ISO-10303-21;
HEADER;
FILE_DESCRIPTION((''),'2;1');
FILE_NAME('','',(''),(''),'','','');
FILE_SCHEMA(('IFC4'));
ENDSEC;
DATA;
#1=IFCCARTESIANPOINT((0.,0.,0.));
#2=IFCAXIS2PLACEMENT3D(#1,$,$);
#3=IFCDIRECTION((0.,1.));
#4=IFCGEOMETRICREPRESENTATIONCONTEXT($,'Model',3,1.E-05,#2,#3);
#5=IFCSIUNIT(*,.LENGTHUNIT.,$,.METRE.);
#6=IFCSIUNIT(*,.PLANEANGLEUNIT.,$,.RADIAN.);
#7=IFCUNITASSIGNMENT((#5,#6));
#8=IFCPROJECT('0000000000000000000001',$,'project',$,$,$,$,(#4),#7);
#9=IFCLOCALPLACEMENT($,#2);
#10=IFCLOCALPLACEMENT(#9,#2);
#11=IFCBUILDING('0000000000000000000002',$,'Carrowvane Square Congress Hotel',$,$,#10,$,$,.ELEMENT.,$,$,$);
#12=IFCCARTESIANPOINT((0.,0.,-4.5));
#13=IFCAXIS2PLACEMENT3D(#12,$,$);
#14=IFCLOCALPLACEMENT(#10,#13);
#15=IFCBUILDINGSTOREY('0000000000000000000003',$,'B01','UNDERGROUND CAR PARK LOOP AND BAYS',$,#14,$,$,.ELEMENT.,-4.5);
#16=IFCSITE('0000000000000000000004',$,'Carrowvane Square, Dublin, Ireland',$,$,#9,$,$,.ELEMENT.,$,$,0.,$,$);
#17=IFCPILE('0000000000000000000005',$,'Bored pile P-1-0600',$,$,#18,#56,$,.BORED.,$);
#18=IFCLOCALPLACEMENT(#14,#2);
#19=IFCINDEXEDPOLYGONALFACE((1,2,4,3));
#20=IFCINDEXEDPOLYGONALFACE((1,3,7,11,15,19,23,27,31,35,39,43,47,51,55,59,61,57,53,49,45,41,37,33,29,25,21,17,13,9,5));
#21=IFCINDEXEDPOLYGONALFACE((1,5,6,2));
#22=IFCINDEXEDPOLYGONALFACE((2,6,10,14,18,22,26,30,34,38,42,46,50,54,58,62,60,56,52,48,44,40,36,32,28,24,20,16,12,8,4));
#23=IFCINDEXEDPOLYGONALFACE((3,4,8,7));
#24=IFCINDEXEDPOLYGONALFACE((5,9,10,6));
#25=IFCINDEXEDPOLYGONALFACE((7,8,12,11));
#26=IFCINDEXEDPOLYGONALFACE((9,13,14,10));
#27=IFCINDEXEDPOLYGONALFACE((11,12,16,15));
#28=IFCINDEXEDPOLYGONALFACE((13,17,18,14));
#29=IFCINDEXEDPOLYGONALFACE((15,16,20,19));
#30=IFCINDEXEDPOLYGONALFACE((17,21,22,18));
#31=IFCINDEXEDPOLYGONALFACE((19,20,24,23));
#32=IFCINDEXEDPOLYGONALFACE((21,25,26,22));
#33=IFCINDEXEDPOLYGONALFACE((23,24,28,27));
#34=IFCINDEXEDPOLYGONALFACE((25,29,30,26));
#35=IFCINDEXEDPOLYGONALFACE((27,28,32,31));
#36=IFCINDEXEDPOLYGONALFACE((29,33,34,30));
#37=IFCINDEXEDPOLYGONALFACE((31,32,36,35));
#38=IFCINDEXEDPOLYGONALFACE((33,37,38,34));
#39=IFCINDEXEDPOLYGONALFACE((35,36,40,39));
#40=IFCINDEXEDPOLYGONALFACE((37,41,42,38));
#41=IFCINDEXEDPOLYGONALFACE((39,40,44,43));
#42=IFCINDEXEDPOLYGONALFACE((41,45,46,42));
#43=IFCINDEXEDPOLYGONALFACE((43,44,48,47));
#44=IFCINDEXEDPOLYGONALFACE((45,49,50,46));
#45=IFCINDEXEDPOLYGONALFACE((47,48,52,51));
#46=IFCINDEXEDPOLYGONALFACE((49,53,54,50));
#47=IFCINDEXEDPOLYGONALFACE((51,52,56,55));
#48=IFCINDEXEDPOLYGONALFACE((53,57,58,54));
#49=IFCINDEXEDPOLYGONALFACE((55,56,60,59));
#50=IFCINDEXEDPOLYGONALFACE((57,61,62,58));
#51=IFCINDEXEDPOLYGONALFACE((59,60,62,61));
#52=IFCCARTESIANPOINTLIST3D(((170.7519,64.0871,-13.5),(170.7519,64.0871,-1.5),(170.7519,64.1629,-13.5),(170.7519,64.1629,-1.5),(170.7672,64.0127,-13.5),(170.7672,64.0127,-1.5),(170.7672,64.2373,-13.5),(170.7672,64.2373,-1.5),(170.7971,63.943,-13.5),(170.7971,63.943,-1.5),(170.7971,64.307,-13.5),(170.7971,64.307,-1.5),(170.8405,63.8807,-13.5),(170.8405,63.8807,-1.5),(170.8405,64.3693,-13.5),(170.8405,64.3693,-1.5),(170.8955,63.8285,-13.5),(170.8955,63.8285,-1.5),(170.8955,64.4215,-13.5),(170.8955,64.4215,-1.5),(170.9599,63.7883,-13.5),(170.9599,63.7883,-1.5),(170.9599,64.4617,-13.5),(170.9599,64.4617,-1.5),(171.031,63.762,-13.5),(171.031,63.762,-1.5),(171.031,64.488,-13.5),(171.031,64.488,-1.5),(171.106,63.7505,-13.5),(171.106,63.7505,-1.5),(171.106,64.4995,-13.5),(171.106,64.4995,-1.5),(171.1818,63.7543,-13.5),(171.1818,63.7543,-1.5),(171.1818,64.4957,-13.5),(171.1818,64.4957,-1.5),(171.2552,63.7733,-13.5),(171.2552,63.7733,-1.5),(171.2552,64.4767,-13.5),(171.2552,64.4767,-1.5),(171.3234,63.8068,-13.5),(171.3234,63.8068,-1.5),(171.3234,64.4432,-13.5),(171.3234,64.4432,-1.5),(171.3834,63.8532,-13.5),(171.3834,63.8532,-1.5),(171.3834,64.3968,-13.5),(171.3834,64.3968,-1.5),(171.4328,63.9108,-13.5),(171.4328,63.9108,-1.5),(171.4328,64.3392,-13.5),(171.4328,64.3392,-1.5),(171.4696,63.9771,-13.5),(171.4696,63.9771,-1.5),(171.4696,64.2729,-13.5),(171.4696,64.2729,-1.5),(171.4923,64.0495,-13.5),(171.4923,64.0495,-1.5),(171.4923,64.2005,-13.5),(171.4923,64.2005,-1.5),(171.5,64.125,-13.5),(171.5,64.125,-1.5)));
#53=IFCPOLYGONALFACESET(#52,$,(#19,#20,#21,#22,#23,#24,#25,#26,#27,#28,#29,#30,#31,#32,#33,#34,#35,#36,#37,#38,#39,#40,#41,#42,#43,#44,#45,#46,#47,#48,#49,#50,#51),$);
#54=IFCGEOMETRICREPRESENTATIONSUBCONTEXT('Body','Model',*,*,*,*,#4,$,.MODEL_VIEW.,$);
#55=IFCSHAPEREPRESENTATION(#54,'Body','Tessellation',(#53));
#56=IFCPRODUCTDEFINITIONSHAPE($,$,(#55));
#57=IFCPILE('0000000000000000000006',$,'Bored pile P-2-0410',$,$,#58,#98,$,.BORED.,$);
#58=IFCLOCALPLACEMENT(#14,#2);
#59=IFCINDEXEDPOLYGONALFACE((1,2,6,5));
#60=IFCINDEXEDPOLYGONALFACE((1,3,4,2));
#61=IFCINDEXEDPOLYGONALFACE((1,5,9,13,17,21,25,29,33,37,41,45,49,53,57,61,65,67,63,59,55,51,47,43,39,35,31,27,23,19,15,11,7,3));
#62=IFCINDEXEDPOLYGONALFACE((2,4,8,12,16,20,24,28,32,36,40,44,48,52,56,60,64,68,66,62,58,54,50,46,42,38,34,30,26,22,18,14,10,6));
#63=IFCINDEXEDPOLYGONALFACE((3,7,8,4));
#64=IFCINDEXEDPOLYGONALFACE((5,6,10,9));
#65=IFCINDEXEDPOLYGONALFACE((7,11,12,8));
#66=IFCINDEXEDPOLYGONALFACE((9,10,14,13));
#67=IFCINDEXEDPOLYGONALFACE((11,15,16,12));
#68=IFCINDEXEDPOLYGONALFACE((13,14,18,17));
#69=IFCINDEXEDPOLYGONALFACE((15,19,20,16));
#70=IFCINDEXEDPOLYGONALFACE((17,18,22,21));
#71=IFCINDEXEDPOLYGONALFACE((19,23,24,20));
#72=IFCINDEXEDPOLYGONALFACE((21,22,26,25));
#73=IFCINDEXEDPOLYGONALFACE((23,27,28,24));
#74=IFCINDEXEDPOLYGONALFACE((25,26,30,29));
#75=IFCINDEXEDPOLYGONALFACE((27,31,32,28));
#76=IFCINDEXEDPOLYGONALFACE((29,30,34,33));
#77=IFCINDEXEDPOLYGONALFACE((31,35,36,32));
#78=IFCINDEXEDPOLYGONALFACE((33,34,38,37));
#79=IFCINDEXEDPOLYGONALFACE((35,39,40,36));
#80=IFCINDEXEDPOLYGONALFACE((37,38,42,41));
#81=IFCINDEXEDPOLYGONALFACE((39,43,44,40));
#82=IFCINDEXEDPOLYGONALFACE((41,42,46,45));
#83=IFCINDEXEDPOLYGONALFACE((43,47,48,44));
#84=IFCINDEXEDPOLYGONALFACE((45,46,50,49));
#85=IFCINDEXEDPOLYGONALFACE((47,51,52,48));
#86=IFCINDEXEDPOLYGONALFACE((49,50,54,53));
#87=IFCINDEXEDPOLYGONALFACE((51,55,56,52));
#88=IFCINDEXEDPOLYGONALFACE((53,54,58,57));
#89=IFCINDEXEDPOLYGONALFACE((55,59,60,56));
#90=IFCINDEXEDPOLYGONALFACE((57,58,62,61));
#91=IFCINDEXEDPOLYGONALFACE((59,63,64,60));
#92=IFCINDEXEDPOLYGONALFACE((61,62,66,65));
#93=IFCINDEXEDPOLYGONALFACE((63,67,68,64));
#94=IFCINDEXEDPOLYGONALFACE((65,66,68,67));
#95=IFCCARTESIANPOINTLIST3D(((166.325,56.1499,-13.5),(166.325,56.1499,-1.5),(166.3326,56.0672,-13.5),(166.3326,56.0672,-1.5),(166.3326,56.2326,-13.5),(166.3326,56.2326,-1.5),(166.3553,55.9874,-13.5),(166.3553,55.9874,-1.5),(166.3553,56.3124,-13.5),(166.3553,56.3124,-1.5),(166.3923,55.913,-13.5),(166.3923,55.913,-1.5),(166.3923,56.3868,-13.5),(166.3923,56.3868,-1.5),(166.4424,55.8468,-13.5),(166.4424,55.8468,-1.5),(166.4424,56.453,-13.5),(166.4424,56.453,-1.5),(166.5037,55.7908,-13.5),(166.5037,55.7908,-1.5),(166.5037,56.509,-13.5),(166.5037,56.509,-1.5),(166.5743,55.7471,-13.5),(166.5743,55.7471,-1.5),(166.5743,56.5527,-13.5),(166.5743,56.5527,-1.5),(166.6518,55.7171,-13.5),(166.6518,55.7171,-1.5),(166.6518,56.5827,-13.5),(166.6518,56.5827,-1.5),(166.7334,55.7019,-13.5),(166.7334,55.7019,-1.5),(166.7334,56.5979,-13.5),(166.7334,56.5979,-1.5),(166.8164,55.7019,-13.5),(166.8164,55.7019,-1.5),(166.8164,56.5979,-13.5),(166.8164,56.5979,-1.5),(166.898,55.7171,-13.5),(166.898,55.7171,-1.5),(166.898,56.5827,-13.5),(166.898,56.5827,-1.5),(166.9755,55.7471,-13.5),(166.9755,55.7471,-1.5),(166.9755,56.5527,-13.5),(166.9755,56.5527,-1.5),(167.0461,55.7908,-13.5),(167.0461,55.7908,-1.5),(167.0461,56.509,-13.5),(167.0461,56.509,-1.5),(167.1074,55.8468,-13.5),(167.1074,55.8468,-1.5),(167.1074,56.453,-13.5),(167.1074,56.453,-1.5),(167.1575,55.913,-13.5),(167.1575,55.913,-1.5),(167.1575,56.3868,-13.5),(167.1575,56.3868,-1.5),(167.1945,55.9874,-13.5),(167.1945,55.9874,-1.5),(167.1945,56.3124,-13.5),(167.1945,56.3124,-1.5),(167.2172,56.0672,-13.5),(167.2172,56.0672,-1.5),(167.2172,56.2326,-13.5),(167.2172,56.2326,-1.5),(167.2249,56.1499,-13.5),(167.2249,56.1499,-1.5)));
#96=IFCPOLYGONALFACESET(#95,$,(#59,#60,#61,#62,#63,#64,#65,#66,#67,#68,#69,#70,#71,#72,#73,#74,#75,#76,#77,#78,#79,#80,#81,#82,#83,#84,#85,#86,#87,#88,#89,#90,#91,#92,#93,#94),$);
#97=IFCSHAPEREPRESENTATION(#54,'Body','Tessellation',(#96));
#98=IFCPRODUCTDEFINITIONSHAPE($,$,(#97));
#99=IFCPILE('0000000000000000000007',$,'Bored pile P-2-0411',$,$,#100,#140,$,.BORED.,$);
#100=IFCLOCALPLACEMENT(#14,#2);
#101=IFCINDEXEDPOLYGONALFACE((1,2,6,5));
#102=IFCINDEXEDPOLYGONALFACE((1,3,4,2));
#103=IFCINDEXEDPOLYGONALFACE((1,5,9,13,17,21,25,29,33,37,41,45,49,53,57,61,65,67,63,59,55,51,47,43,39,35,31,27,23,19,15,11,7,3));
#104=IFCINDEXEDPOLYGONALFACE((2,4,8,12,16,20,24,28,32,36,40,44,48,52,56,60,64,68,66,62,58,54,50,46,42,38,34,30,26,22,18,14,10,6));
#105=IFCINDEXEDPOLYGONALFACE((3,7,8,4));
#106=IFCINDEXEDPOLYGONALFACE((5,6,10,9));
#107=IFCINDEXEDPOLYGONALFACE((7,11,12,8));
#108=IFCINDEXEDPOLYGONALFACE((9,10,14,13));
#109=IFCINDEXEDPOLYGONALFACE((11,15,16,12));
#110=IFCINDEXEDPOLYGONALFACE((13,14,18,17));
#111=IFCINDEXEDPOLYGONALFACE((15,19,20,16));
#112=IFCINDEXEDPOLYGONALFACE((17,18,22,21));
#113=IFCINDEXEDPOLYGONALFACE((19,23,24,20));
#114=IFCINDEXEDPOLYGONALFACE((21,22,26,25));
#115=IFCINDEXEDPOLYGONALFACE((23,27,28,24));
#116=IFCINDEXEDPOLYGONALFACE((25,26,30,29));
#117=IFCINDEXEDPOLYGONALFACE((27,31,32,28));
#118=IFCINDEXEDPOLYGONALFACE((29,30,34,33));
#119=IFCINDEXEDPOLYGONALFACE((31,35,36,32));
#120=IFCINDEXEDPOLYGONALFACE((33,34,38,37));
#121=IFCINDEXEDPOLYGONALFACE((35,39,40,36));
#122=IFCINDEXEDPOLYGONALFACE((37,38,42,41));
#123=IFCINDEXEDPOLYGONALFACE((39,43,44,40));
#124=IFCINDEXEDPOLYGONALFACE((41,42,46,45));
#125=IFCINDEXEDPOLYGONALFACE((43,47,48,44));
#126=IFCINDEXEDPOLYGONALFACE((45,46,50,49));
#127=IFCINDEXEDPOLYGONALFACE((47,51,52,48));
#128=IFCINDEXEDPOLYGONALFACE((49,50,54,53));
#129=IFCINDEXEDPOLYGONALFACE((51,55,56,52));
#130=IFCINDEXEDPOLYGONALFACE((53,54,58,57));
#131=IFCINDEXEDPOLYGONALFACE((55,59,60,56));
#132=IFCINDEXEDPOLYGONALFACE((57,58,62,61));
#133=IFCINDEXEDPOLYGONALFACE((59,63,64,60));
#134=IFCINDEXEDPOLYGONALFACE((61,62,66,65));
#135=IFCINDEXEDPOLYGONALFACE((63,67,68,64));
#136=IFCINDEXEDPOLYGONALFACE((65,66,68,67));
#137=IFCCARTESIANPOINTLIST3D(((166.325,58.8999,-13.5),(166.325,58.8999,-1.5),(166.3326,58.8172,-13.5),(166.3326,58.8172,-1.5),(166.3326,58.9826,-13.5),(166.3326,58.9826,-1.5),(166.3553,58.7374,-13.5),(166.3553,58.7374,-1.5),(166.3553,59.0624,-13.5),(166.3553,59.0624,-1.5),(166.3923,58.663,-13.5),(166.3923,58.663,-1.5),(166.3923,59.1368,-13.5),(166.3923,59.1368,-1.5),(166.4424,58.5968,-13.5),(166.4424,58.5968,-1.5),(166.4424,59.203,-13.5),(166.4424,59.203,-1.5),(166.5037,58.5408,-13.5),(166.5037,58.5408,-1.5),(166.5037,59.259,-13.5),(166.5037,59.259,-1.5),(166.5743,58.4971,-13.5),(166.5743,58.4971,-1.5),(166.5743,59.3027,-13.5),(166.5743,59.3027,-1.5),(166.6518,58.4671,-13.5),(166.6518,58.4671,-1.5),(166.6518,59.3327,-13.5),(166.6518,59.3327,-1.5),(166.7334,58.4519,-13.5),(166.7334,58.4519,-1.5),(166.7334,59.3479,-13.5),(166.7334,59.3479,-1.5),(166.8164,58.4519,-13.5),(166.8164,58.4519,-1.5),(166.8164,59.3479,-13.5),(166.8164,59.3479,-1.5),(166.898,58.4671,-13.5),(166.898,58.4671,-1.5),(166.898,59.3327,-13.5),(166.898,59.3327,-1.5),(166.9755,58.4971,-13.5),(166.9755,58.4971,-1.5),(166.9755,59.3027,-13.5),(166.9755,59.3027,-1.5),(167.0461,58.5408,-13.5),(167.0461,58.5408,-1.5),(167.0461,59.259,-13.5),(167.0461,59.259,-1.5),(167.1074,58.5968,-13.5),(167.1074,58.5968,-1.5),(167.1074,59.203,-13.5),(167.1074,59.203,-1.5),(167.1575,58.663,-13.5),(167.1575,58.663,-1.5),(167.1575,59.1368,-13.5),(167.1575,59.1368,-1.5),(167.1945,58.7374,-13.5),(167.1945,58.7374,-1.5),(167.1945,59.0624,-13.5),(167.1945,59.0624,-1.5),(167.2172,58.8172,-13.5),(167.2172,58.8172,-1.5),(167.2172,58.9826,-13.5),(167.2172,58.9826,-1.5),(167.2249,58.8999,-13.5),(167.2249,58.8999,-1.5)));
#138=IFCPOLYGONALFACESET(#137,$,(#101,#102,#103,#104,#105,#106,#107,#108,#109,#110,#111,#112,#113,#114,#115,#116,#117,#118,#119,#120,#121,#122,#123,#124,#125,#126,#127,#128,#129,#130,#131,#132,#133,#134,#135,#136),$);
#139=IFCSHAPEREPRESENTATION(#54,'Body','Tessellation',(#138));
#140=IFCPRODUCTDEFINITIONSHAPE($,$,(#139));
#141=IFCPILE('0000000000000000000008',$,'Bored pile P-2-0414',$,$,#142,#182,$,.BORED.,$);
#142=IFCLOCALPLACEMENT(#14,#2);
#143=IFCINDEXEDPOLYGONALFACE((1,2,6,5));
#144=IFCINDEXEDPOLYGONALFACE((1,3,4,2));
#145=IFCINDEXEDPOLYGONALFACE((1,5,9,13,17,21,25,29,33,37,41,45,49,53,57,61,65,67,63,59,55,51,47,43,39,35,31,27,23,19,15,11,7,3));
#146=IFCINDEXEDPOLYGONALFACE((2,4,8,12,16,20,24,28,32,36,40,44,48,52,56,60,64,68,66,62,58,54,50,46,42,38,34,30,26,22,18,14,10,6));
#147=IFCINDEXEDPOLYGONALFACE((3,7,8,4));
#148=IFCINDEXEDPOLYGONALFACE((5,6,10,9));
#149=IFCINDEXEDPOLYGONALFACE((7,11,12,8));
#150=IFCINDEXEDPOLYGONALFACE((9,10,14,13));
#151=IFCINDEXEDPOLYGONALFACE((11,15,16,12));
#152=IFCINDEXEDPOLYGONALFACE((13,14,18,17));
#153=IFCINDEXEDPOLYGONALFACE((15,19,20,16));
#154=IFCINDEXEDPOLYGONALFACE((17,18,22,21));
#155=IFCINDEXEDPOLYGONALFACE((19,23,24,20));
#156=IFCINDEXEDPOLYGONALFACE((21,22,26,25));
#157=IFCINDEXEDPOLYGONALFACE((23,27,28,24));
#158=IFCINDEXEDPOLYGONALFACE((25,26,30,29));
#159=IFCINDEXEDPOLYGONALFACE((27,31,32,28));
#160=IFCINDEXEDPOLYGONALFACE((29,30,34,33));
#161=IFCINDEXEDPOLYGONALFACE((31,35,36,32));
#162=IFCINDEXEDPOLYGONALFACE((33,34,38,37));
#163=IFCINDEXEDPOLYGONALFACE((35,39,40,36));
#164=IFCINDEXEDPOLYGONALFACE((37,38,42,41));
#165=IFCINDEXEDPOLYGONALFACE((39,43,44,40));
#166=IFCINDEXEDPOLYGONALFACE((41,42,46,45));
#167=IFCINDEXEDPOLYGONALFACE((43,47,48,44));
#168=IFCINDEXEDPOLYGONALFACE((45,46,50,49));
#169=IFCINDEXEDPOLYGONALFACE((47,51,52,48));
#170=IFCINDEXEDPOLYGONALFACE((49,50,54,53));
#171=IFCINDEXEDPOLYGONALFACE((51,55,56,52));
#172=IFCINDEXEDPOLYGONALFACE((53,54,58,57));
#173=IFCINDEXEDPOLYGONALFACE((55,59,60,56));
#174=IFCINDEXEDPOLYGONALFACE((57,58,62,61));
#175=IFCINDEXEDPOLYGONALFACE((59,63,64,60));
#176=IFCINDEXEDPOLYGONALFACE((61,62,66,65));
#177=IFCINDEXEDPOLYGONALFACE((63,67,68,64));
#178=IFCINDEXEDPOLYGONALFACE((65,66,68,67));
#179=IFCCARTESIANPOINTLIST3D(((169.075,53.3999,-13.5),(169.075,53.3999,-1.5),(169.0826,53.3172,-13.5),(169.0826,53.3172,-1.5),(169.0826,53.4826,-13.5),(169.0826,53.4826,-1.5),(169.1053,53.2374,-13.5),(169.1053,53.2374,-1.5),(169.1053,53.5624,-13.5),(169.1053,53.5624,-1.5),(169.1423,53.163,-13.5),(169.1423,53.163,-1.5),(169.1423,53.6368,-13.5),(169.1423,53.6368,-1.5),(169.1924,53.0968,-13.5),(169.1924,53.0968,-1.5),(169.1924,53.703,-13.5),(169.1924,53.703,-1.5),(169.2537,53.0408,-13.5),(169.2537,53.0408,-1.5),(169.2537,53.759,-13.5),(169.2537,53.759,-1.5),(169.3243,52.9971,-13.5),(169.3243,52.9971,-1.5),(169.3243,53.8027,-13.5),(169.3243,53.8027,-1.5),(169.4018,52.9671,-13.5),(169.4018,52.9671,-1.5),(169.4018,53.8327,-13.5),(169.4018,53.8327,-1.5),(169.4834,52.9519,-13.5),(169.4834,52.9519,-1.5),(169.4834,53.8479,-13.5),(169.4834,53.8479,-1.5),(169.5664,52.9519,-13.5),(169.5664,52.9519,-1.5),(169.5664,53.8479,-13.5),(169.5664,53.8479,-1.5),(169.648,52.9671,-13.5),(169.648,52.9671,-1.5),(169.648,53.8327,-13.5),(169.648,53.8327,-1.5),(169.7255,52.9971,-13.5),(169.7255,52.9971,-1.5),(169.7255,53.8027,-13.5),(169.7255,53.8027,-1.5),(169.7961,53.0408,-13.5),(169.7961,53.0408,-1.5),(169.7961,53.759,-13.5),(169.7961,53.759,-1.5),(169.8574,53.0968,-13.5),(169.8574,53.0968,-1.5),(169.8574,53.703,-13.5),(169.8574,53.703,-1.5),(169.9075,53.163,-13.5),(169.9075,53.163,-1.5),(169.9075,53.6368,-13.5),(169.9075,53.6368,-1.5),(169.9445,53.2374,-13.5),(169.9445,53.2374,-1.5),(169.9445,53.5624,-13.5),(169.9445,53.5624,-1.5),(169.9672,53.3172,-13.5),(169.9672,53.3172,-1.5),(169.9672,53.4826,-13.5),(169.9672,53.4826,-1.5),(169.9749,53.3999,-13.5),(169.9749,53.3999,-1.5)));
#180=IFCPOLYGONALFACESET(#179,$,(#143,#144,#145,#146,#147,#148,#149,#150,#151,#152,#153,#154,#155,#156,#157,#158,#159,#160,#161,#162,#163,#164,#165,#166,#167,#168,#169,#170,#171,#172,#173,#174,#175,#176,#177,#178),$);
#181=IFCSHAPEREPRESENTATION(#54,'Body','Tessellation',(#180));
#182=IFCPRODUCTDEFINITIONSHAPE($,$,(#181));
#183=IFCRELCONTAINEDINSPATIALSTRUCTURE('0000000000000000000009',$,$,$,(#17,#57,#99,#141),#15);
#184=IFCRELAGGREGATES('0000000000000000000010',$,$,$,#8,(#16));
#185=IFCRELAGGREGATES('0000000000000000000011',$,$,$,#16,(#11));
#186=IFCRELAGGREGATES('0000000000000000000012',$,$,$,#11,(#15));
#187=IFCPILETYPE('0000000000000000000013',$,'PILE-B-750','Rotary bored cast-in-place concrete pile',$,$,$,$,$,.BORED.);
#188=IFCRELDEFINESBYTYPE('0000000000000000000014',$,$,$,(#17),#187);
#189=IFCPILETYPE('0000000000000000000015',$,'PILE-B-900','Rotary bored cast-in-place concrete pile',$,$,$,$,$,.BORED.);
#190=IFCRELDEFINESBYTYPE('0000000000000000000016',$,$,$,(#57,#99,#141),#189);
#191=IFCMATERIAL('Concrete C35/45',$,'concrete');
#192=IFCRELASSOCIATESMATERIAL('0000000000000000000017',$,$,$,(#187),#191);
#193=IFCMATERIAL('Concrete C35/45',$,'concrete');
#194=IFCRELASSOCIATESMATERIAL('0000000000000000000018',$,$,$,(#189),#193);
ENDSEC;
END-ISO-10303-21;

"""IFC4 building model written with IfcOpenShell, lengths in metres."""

from ifc_helpers import new_model, si_unit, direction, frame, origin, origin_2d, place, context, subcontext, project, spatial, circle, extrude, material, material_profile, profile_set, type_object, element, save


model = new_model("IFC4")

# Units and contexts
model_context = context("Model", 3, precision=1e-05, world=origin(), true_north=direction((0.0, 1.0)))
body_context = subcontext(model_context, "Body", "Model", "MODEL_VIEW")
ifc_project = project(units=[si_unit("LENGTHUNIT", "METRE"), si_unit("PLANEANGLEUNIT", "RADIAN")], contexts=[model_context])

# Site, building, storey
site_placement = place(None, origin())
site = spatial("IfcSite", under=ifc_project, at=site_placement, Name="Carrowvane Square, Dublin, Ireland", CompositionType="ELEMENT", RefElevation=0.0)
building_placement = place(site_placement, origin())
building = spatial("IfcBuilding", under=site, at=building_placement, Name="Carrowvane Square Congress Hotel", CompositionType="ELEMENT")
storey_placement = place(building_placement, frame((0.0, 0.0, -4.5)))
storey = spatial("IfcBuildingStorey", under=building, at=storey_placement, Name="B01", Description="UNDERGROUND CAR PARK LOOP AND BAYS", CompositionType="ELEMENT", Elevation=-4.5)

# Piles
ifc_material_1 = material(Name="Concrete C35/45", Category="concrete")
ifc_material_profile_1 = material_profile(ifc_material_1, circle(Radius=0.375, at=origin_2d()), Name="PILE D750")
ifc_profile_set_1 = profile_set([ifc_material_profile_1], Name="Concrete C35/45")
pile_type_1 = type_object("IfcPileType", Name="PILE-B-750", Description="Rotary bored cast-in-place concrete pile", PredefinedType="BORED", material=ifc_profile_set_1)
for number, where, z_axis, x_axis, name in (
    (1, (171.125, 64.125, -1.5), (0.0, 0.0, -1.0), (1.0, 0.0, 0.0), "Bored pile P-1-0600"),
):
    element("IfcPile", number, at=place(storey_placement, frame(where, z_axis=z_axis, x_axis=x_axis)), inside=storey, type_object=pile_type_1, Name=name, PredefinedType="BORED", context=body_context, shape_type="SweptSolid", body=[
        extrude(circle(Radius=0.375, at=origin_2d()), origin(), (0.0, 0.0, 1.0), 12.0),
    ])
ifc_material_2 = material(Name="Concrete C35/45", Category="concrete")
ifc_material_profile_2 = material_profile(ifc_material_2, circle(Radius=0.45, at=origin_2d()), Name="PILE D900")
ifc_profile_set_2 = profile_set([ifc_material_profile_2], Name="Concrete C35/45")
pile_type_2 = type_object("IfcPileType", Name="PILE-B-900", Description="Rotary bored cast-in-place concrete pile", PredefinedType="BORED", material=ifc_profile_set_2)
for number, where, z_axis, x_axis, name in (
    (2, (166.7749, 56.1499, -1.5), (0.0, 0.0, -1.0), (1.0, 0.0, 0.0), "Bored pile P-2-0410"),
    (3, (166.7749, 58.8999, -1.5), (0.0, 0.0, -1.0), (1.0, 0.0, 0.0), "Bored pile P-2-0411"),
    (4, (169.5249, 53.3999, -1.5), (0.0, 0.0, -1.0), (1.0, 0.0, 0.0), "Bored pile P-2-0414"),
):
    element("IfcPile", number, at=place(storey_placement, frame(where, z_axis=z_axis, x_axis=x_axis)), inside=storey, type_object=pile_type_2, Name=name, PredefinedType="BORED", context=body_context, shape_type="SweptSolid", body=[
        extrude(circle(Radius=0.45, at=origin_2d()), origin(), (0.0, 0.0, 1.0), 12.0),
    ])

save(model, "model.ifc")
